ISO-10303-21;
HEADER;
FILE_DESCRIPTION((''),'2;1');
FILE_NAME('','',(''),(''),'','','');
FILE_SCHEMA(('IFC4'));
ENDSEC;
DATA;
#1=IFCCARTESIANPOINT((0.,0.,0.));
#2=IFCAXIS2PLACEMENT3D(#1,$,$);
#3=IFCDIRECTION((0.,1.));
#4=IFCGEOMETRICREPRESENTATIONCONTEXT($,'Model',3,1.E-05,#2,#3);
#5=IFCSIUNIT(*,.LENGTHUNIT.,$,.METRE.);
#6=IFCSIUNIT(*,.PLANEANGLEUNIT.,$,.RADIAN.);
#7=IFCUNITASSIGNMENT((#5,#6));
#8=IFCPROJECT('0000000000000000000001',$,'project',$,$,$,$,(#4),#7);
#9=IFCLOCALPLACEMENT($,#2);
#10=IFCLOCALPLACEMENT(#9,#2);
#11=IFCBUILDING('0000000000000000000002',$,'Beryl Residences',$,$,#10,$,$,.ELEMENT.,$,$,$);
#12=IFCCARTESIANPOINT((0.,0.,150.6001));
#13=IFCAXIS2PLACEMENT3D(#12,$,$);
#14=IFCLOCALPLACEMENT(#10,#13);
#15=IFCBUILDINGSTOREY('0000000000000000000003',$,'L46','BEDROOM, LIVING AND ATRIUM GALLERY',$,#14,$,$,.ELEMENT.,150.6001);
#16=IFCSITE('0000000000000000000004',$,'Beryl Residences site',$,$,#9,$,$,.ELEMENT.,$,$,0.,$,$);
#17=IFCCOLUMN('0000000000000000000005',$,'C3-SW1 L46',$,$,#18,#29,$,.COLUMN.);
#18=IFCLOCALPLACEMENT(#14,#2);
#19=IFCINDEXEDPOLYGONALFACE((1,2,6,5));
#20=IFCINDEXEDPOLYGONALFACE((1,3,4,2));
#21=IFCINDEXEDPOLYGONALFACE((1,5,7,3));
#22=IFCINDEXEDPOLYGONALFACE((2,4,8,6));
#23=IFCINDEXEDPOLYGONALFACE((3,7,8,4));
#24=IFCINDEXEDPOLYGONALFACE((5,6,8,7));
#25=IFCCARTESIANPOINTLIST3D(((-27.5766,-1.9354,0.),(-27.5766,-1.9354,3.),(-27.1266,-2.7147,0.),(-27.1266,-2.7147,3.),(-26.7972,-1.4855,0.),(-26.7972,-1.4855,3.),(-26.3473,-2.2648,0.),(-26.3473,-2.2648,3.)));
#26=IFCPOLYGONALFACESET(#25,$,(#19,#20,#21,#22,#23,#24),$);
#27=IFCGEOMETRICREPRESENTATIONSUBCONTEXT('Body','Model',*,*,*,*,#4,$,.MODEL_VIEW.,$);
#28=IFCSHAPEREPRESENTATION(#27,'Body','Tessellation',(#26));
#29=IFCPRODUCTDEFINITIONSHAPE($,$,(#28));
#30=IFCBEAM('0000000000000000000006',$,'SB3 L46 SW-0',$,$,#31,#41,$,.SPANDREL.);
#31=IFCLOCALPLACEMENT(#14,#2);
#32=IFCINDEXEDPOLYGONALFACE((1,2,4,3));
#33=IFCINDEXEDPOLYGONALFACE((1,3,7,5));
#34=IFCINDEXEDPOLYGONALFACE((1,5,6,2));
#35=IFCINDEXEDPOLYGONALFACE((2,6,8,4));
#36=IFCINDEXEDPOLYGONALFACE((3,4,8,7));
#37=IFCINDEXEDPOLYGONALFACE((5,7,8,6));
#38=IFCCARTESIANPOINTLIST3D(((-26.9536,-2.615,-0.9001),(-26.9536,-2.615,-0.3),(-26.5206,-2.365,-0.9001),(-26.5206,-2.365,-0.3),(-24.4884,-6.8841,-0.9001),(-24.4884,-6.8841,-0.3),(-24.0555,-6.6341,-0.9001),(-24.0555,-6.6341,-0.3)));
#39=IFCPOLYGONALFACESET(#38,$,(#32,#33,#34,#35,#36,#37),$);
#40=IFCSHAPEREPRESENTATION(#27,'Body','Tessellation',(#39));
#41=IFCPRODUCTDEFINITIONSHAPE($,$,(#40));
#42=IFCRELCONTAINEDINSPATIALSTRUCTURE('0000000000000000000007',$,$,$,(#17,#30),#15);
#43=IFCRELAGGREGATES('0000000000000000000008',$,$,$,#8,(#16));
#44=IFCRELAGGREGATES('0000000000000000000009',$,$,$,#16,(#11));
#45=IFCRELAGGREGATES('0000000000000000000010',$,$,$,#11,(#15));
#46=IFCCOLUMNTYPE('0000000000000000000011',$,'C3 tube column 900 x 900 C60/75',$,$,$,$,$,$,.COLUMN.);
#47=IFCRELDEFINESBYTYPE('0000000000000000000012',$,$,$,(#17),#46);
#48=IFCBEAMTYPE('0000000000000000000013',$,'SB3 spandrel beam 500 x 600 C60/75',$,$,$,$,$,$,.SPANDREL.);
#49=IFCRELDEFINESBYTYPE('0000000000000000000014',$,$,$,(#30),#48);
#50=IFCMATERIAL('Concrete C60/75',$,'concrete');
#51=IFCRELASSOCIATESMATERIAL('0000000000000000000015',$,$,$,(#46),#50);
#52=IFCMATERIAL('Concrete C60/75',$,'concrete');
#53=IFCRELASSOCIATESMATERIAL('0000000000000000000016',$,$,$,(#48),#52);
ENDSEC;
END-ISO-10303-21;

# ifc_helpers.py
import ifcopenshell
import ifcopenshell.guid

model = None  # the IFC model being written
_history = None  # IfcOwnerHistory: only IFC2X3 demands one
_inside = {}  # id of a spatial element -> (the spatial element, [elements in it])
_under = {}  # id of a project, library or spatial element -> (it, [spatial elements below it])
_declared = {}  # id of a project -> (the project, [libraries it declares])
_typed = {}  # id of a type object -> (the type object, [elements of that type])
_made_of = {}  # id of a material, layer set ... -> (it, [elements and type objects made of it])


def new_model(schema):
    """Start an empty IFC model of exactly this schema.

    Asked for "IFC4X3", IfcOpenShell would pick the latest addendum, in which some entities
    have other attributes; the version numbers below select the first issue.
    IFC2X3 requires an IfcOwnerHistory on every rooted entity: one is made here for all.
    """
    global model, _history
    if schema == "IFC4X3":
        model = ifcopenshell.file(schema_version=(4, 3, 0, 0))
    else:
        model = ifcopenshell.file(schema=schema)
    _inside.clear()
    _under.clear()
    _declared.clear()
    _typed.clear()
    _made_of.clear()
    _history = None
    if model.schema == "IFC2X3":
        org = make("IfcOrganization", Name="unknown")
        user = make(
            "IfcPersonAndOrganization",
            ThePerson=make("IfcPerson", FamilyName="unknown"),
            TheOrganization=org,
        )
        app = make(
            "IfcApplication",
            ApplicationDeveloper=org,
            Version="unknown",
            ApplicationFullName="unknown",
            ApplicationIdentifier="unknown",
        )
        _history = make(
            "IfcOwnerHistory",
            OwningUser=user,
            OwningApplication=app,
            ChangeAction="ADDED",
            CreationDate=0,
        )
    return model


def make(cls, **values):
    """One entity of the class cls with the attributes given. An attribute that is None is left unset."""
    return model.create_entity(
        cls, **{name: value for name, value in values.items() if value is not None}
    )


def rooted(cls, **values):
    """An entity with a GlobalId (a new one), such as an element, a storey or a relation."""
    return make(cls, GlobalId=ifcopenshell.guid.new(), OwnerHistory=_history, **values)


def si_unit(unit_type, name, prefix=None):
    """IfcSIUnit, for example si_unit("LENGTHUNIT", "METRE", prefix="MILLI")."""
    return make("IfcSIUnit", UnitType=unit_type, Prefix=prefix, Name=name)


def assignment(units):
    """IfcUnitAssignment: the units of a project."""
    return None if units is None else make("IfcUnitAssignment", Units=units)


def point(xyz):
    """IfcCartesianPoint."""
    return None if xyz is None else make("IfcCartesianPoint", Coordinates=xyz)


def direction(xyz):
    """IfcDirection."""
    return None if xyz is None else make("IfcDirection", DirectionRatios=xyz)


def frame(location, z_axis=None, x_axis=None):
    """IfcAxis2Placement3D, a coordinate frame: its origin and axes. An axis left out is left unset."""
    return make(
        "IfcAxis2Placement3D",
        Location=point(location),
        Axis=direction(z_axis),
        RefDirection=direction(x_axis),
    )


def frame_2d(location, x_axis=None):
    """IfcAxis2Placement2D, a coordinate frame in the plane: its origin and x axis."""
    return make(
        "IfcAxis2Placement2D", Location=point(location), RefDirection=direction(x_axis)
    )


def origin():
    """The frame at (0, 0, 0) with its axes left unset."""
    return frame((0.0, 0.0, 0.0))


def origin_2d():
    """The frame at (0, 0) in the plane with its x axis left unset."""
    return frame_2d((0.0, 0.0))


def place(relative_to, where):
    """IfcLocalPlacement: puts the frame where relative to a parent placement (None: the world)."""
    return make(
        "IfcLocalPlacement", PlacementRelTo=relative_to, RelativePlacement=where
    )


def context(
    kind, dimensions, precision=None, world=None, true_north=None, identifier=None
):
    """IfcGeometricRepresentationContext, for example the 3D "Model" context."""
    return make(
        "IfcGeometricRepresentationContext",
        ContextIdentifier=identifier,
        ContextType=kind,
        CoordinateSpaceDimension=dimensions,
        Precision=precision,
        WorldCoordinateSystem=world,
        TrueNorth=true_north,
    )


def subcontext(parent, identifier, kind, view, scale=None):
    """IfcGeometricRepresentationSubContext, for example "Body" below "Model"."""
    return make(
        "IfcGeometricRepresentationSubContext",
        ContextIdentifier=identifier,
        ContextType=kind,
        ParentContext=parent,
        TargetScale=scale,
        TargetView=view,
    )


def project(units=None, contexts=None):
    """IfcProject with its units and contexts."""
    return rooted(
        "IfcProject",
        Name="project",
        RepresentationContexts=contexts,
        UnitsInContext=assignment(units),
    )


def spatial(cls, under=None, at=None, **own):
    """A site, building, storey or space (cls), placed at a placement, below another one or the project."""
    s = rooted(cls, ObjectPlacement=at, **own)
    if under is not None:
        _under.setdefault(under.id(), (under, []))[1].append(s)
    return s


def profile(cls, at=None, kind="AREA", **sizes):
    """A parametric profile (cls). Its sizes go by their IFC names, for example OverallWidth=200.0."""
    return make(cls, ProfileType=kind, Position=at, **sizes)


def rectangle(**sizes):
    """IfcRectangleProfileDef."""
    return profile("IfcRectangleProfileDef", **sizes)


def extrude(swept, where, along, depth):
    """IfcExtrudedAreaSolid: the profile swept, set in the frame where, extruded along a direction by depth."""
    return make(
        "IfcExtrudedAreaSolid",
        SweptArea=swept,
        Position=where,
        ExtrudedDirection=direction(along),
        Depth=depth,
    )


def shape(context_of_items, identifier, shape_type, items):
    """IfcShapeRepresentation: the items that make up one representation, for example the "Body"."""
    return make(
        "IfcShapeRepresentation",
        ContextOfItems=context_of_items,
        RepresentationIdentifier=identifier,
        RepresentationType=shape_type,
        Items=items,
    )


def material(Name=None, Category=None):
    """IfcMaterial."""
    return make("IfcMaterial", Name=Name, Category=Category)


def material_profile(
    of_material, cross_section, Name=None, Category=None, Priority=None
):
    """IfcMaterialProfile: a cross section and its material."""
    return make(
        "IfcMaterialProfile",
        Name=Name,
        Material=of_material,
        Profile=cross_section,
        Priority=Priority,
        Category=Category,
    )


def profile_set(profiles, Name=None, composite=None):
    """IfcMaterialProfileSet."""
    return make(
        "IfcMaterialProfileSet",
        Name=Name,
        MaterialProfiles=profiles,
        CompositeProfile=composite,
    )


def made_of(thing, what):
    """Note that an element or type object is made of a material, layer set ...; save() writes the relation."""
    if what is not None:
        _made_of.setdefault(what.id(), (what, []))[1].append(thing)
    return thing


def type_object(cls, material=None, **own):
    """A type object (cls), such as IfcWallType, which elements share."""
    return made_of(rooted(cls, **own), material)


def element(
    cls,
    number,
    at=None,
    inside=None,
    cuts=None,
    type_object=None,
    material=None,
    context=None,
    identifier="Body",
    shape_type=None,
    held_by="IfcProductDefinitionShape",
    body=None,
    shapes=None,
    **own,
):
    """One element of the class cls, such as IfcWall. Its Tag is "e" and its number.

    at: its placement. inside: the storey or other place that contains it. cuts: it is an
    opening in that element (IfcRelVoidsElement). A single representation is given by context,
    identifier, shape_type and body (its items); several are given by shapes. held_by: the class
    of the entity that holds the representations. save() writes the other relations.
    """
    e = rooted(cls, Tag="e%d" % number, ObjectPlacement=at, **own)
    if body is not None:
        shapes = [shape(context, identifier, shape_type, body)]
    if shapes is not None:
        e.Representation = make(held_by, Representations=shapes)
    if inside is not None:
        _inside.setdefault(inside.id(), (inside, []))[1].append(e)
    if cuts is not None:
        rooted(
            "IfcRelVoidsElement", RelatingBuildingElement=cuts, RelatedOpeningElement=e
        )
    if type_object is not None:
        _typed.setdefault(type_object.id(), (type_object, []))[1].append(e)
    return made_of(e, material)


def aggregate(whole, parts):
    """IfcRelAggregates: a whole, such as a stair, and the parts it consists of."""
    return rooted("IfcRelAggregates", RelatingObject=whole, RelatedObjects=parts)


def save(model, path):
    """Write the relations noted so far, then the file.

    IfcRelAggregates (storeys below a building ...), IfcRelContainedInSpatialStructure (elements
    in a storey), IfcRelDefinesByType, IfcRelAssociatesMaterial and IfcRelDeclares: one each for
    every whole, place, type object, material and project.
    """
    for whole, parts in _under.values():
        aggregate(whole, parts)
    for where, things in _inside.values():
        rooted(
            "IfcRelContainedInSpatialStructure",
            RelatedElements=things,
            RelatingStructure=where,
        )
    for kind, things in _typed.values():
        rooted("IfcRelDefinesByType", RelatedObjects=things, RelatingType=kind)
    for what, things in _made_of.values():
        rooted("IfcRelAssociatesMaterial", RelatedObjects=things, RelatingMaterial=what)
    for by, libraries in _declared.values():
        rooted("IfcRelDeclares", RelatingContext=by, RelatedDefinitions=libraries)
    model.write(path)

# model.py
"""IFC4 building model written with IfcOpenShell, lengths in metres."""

from ifc_helpers import new_model, si_unit, direction, frame, origin, origin_2d, place, context, subcontext, project, spatial, rectangle, extrude, material, material_profile, profile_set, type_object, element, save


model = new_model("IFC4")

# Units and contexts
model_context = context("Model", 3, precision=1e-05, world=origin(), true_north=direction((0.0, 1.0)))
body_context = subcontext(model_context, "Body", "Model", "MODEL_VIEW")
ifc_project = project(units=[si_unit("LENGTHUNIT", "METRE"), si_unit("PLANEANGLEUNIT", "RADIAN")], contexts=[model_context])

# Site, building, storey
site_placement = place(None, origin())
site = spatial("IfcSite", under=ifc_project, at=site_placement, Name="Beryl Residences site", CompositionType="ELEMENT", RefElevation=0.0)
building_placement = place(site_placement, origin())
building = spatial("IfcBuilding", under=site, at=building_placement, Name="Beryl Residences", CompositionType="ELEMENT")
storey_placement = place(building_placement, frame((0.0, 0.0, 150.6001)))
storey = spatial("IfcBuildingStorey", under=building, at=storey_placement, Name="L46", Description="BEDROOM, LIVING AND ATRIUM GALLERY", CompositionType="ELEMENT", Elevation=150.6001)

# Column
ifc_material_1 = material(Name="Concrete C60/75", Category="concrete")
ifc_material_profile_1 = material_profile(ifc_material_1, rectangle(XDim=0.8999, YDim=0.8999, at=origin_2d()))
ifc_profile_set_1 = profile_set([ifc_material_profile_1], Name="Concrete C60/75")
column_type = type_object("IfcColumnType", Name="C3 tube column 900 x 900 C60/75", PredefinedType="COLUMN", material=ifc_profile_set_1)
column_placement = place(storey_placement, frame((-26.9619, -2.1001, 0.0), z_axis=(0.0, 0.0, 1.0), x_axis=(0.5, -0.866025, 0.0)))
element("IfcColumn", 1, at=column_placement, inside=storey, type_object=column_type, Name="C3-SW1 L46", PredefinedType="COLUMN", context=body_context, shape_type="SweptSolid", body=[
    extrude(rectangle(XDim=0.8999, YDim=0.8999, at=origin_2d()), origin(), (0.0, 0.0, 1.0), 3.0),
])

# Beam
ifc_material_2 = material(Name="Concrete C60/75", Category="concrete")
ifc_material_profile_2 = material_profile(ifc_material_2, rectangle(XDim=0.5, YDim=0.6001, at=origin_2d()))
ifc_profile_set_2 = profile_set([ifc_material_profile_2], Name="Concrete C60/75")
beam_type = type_object("IfcBeamType", Name="SB3 spandrel beam 500 x 600 C60/75", PredefinedType="SPANDREL", material=ifc_profile_set_2)
beam_placement = place(storey_placement, frame((-26.7371, -2.49, -0.6001), z_axis=(0.500054, -0.865994, 0.0), x_axis=(0.865994, 0.500054, 0.0)))
element("IfcBeam", 2, at=beam_placement, inside=storey, type_object=beam_type, Name="SB3 L46 SW-0", PredefinedType="SPANDREL", context=body_context, shape_type="SweptSolid", body=[
    extrude(rectangle(XDim=0.5, YDim=0.6001, at=origin_2d()), origin(), (0.0, 0.0, 1.0), 4.9297),
])

save(model, "model.ifc")
